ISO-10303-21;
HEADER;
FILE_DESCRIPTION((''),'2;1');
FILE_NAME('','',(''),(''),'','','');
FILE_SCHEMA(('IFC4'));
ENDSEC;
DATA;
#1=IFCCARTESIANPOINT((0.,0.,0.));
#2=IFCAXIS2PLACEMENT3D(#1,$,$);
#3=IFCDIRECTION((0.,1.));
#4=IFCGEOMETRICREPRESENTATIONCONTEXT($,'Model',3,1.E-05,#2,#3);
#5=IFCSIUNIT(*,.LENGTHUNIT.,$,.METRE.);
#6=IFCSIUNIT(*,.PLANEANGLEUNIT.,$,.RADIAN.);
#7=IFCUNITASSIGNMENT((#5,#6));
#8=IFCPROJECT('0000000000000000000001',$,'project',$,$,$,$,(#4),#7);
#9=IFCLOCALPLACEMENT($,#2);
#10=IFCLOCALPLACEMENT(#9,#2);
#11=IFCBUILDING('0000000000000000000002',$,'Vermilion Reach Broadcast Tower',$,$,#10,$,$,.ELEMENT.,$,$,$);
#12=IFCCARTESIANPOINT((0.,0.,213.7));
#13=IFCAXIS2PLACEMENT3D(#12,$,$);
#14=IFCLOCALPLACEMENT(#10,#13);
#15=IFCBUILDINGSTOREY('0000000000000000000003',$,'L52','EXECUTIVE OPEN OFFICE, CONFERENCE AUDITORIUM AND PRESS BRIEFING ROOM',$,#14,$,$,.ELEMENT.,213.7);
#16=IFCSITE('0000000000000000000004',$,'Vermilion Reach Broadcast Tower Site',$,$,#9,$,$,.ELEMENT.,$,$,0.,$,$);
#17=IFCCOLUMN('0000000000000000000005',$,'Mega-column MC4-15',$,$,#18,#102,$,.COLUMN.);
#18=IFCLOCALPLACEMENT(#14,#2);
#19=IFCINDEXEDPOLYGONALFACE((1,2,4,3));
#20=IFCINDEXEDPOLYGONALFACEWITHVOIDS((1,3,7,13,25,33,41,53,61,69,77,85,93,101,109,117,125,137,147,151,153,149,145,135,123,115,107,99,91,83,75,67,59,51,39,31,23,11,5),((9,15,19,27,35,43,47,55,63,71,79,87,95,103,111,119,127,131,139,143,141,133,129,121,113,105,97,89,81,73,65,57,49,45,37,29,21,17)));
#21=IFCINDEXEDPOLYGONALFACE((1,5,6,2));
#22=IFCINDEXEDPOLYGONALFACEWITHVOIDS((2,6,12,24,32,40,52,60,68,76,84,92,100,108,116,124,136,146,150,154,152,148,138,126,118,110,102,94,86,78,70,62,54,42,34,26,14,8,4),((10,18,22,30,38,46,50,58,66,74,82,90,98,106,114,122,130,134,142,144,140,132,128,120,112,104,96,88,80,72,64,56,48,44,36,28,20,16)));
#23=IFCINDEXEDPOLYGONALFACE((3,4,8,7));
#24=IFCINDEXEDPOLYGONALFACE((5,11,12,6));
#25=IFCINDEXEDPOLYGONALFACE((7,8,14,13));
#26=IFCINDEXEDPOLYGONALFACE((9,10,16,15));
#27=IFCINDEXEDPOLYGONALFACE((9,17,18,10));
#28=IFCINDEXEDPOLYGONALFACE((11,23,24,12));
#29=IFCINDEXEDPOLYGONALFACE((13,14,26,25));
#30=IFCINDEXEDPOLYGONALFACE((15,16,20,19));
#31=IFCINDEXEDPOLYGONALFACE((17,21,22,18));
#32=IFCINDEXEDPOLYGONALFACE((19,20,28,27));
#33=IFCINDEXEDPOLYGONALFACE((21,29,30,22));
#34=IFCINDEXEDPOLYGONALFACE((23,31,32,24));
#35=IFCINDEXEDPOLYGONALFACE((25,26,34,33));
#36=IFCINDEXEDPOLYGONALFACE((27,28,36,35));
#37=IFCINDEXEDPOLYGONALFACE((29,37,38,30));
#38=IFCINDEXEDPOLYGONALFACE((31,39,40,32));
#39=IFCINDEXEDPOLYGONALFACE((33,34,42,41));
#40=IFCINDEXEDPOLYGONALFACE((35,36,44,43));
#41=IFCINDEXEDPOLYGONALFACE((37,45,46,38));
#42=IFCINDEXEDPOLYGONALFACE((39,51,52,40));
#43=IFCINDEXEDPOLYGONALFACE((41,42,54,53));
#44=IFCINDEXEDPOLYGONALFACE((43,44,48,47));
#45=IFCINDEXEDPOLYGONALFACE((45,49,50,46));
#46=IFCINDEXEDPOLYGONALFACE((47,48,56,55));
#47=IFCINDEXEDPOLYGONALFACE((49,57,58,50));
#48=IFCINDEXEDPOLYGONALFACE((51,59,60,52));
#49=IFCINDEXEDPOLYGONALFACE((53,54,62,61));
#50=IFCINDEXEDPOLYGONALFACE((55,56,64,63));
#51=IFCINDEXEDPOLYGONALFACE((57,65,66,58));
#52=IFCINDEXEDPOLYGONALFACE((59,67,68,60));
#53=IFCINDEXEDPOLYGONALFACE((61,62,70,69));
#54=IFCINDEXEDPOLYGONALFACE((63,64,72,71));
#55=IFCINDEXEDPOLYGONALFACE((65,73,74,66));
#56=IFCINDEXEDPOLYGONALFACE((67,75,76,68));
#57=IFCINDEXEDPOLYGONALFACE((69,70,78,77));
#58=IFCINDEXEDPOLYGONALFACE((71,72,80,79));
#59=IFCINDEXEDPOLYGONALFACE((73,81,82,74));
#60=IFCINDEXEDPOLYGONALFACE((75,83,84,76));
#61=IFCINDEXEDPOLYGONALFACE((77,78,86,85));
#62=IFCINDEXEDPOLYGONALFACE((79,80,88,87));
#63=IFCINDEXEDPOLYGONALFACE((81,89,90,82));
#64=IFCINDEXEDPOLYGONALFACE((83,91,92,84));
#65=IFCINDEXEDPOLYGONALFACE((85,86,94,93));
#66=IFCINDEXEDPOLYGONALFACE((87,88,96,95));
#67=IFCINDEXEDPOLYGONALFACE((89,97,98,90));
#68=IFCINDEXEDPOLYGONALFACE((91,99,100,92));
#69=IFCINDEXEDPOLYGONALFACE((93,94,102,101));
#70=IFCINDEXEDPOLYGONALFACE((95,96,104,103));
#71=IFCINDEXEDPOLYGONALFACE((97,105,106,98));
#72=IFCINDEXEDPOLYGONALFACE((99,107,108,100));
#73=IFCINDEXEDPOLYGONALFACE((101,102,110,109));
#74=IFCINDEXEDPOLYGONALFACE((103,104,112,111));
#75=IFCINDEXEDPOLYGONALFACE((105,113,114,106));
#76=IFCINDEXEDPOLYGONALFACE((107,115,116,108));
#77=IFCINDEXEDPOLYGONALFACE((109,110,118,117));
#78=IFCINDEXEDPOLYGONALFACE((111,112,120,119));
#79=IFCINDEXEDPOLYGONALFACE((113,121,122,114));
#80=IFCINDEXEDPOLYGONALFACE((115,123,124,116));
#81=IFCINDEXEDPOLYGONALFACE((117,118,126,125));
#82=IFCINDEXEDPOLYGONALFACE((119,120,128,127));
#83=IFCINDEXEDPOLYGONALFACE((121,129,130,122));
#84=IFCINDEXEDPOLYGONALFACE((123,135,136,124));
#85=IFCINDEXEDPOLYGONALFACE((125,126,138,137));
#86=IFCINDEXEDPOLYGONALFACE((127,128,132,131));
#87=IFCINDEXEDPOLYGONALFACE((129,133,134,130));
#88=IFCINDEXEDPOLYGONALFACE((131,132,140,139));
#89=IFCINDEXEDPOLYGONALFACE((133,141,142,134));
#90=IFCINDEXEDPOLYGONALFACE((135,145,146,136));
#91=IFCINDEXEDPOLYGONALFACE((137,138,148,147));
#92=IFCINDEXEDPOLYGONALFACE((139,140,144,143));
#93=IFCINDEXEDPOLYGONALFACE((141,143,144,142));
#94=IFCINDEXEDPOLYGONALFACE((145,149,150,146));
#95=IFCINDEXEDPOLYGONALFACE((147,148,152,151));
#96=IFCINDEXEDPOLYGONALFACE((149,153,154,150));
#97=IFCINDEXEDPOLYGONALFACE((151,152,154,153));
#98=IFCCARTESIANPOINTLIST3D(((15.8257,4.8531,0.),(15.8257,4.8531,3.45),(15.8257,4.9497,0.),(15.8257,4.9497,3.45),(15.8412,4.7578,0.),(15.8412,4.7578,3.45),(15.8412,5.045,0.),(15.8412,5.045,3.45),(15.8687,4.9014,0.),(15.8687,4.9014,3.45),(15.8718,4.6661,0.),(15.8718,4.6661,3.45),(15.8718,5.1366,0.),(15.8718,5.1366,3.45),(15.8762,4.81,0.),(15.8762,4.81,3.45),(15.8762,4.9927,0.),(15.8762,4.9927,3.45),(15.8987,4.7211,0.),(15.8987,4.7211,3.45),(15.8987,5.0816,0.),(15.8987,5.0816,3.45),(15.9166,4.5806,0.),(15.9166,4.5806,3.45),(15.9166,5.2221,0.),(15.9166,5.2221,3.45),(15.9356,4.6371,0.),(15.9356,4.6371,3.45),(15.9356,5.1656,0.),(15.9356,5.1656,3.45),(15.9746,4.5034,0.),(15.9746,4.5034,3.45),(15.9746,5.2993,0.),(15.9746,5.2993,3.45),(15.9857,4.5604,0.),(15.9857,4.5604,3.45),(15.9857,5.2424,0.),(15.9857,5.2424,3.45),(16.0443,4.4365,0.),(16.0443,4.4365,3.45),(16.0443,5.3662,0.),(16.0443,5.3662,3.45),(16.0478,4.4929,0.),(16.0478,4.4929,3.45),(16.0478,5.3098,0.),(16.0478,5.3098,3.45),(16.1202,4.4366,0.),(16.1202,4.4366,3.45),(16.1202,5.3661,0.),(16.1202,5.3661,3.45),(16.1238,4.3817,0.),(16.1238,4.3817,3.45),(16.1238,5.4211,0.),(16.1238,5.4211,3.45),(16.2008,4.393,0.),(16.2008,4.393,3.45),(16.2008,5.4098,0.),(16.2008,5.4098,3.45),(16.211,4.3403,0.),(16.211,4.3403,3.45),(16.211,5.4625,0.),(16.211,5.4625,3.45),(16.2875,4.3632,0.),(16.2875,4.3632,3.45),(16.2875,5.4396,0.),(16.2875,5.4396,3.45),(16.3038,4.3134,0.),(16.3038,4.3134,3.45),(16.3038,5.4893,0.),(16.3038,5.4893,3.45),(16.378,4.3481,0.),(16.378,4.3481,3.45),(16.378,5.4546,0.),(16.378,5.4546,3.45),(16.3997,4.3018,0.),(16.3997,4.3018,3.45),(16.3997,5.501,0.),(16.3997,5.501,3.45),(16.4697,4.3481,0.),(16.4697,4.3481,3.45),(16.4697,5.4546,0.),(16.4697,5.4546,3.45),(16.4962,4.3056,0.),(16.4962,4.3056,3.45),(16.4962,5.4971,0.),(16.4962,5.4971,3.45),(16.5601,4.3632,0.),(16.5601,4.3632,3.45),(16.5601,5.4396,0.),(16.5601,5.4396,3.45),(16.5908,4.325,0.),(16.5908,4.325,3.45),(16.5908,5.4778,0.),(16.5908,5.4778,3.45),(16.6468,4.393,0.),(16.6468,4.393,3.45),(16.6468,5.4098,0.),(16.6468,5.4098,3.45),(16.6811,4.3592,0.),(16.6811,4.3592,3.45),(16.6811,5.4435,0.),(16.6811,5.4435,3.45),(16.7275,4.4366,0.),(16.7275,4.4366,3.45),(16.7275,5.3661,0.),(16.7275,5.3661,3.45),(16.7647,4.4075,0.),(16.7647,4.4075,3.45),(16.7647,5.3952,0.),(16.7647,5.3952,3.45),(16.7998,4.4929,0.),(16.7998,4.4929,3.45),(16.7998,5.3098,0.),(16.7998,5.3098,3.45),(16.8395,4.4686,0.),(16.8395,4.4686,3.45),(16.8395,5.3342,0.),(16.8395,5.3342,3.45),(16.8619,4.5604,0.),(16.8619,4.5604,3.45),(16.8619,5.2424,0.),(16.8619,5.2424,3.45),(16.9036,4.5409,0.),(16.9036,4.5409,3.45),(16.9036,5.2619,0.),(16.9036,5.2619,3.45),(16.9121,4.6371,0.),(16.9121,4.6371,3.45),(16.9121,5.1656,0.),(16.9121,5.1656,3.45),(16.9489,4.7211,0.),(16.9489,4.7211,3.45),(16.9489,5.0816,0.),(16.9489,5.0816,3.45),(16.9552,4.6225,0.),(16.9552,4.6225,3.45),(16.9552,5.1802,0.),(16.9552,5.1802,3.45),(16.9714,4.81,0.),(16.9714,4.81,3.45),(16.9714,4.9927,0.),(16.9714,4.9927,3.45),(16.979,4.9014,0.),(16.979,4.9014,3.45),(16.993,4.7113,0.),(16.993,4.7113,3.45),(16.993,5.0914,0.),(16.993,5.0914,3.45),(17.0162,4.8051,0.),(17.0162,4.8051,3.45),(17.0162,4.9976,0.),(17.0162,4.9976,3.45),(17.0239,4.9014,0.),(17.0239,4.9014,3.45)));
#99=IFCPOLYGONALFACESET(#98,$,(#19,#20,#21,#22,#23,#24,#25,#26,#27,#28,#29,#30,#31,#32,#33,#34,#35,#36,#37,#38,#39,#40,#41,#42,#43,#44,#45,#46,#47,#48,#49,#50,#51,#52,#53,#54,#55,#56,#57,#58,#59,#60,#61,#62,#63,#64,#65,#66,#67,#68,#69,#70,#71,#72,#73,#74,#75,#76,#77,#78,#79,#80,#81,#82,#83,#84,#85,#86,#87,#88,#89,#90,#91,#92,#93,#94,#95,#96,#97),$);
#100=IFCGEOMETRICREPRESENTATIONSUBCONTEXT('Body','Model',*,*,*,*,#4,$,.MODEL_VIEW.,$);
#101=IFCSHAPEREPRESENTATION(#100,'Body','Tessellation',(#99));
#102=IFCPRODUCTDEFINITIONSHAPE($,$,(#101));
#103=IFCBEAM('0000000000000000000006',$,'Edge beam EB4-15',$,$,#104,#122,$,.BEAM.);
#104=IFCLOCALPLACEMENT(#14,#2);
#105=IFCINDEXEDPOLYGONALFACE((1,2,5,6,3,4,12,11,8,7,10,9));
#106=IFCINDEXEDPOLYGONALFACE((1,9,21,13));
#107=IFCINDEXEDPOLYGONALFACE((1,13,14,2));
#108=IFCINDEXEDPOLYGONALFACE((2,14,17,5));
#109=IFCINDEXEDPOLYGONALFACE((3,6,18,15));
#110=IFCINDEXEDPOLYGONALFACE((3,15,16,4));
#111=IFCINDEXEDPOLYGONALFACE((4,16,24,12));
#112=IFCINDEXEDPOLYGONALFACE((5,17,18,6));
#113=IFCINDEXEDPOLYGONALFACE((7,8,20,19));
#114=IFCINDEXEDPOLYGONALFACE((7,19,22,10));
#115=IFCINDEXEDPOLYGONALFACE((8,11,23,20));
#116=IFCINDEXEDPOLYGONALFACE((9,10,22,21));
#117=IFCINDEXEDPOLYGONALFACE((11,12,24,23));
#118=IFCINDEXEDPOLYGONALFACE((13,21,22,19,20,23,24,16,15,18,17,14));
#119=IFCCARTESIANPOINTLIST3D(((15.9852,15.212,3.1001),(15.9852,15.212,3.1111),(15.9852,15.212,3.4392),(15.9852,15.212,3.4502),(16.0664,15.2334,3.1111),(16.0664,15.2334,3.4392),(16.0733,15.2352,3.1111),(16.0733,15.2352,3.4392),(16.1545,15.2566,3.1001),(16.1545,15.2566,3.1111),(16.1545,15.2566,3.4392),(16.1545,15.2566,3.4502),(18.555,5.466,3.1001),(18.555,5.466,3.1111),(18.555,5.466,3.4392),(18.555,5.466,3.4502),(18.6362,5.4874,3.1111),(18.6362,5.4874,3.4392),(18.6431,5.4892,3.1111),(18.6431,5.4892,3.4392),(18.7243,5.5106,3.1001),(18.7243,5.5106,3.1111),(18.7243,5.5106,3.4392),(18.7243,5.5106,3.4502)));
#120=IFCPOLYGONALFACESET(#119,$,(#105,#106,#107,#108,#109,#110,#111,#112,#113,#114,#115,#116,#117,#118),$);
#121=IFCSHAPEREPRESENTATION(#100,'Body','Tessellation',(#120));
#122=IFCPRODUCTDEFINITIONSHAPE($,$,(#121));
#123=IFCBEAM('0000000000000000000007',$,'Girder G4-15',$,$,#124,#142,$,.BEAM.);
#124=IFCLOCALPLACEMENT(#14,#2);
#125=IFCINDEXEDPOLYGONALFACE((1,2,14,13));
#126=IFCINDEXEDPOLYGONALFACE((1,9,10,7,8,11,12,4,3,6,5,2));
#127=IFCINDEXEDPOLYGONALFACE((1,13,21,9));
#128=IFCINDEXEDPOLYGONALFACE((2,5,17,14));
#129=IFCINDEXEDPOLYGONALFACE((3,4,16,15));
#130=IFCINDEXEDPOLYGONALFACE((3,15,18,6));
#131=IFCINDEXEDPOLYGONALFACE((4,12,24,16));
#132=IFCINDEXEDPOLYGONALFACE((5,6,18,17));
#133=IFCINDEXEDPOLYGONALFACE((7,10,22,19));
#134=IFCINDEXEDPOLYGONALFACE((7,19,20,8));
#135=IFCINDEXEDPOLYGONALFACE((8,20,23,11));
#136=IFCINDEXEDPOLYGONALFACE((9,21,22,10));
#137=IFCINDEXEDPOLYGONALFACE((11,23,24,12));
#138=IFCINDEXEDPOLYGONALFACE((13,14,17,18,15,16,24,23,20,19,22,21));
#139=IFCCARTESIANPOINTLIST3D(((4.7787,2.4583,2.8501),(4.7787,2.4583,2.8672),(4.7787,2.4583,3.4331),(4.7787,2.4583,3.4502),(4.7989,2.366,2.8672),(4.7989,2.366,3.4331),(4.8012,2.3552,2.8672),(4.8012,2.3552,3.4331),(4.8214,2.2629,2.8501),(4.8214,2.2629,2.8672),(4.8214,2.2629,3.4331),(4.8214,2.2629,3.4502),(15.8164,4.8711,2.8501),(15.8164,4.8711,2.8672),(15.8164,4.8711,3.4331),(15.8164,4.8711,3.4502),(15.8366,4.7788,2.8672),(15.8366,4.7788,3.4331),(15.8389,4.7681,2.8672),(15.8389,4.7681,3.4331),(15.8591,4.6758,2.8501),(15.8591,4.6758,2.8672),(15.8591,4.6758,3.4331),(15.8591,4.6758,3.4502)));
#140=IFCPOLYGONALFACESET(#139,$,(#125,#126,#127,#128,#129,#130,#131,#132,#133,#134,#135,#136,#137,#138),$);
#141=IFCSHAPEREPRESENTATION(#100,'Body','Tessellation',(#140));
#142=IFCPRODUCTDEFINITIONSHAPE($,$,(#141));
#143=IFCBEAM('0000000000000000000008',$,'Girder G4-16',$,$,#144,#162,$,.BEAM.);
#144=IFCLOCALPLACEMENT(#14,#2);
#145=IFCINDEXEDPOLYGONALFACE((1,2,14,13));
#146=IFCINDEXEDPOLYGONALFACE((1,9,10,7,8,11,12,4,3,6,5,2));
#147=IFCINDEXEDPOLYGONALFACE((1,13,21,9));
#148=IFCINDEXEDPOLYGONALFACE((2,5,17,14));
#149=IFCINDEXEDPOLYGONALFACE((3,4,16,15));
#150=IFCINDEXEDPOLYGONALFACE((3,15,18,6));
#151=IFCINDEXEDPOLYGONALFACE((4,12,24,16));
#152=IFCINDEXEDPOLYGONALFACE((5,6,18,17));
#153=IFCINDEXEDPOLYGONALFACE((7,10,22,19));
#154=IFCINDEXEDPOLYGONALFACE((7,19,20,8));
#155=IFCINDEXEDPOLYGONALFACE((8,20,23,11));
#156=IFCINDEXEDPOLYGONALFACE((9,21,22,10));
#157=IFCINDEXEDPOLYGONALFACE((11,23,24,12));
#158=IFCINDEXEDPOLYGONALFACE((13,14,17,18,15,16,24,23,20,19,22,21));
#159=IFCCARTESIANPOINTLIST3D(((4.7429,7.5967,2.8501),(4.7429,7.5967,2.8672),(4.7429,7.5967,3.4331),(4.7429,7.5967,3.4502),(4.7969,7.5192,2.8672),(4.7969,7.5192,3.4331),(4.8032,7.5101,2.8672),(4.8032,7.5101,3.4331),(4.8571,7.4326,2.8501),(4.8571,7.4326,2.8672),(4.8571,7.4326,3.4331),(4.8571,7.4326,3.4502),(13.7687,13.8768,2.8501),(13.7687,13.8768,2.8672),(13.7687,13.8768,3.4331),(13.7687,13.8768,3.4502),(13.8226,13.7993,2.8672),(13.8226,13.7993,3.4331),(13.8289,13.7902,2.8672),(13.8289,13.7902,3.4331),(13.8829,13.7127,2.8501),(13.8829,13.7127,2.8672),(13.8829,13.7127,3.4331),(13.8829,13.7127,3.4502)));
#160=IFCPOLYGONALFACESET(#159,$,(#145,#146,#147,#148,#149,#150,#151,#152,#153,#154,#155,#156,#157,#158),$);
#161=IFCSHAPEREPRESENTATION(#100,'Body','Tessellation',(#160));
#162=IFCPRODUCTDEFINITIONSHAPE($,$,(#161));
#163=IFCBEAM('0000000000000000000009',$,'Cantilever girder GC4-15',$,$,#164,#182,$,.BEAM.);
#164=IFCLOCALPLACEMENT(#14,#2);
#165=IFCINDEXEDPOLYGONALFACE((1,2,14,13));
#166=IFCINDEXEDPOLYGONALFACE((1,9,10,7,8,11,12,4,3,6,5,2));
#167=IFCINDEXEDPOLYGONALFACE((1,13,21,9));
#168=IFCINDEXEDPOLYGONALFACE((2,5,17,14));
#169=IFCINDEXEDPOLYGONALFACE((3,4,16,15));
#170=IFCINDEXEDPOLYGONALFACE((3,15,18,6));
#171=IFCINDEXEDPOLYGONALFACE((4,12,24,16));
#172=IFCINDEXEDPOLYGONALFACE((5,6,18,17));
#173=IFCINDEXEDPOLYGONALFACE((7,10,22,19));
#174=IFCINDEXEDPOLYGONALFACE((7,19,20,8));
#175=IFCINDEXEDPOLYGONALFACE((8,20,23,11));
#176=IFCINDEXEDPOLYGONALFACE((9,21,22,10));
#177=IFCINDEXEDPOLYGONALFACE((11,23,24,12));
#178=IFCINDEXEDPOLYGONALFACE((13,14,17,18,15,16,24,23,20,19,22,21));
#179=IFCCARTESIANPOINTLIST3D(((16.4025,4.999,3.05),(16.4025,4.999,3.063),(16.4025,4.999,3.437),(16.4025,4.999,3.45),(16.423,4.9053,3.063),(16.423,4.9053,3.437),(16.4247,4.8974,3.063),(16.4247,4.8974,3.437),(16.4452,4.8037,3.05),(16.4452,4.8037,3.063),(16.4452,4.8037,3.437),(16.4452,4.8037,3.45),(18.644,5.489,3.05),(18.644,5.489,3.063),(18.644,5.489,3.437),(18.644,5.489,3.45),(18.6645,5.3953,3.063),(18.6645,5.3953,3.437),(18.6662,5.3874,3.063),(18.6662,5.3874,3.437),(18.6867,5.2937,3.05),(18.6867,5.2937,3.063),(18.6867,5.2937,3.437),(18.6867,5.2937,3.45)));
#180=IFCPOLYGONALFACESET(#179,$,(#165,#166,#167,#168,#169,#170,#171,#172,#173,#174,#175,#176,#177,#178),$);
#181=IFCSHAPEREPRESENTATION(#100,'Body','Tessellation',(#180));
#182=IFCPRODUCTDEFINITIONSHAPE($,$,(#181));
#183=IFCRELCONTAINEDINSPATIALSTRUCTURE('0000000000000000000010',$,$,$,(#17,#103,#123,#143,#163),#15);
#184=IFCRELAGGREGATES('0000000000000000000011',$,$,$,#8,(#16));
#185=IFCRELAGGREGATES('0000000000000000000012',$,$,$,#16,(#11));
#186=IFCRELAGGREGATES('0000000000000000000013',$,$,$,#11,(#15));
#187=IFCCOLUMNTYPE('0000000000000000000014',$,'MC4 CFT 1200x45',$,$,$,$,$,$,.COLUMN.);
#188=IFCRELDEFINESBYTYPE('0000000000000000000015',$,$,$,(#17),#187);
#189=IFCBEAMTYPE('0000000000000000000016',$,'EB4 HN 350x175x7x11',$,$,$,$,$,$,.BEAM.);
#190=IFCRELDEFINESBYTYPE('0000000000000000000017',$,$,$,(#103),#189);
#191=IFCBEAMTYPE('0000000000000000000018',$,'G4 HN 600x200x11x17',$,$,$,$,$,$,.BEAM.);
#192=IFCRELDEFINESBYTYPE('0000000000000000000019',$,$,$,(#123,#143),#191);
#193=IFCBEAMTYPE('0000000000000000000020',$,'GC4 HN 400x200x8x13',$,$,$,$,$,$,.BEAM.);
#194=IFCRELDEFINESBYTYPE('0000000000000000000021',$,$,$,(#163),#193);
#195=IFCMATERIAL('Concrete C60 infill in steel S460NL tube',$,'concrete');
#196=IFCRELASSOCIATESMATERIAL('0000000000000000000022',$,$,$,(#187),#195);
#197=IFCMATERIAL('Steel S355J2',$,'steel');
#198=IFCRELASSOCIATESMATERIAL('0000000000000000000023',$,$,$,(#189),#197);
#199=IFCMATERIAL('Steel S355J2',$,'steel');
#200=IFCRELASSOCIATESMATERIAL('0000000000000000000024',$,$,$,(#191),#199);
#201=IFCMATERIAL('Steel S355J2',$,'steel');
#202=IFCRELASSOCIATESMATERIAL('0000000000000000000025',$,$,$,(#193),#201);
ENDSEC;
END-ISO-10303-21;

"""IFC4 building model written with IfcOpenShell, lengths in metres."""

from ifc_helpers import new_model, si_unit, direction, frame, origin, origin_2d, place, context, subcontext, project, spatial, hollow_circle, i_section, extrude, material, material_profile, profile_set, type_object, element, save


model = new_model("IFC4")

# Units and contexts
model_context = context("Model", 3, precision=1e-05, world=origin(), true_north=direction((0.0, 1.0)))
body_context = subcontext(model_context, "Body", "Model", "MODEL_VIEW")
ifc_project = project(units=[si_unit("LENGTHUNIT", "METRE"), si_unit("PLANEANGLEUNIT", "RADIAN")], contexts=[model_context])

# Site, building, storey
site_placement = place(None, origin())
site = spatial("IfcSite", under=ifc_project, at=site_placement, Name="Vermilion Reach Broadcast Tower Site", CompositionType="ELEMENT", RefElevation=0.0)
building_placement = place(site_placement, origin())
building = spatial("IfcBuilding", under=site, at=building_placement, Name="Vermilion Reach Broadcast Tower", CompositionType="ELEMENT")
storey_placement = place(building_placement, frame((0.0, 0.0, 213.7)))
storey = spatial("IfcBuildingStorey", under=building, at=storey_placement, Name="L52", Description="EXECUTIVE OPEN OFFICE, CONFERENCE AUDITORIUM AND PRESS BRIEFING ROOM", CompositionType="ELEMENT", Elevation=213.7)

# Column
ifc_material_1 = material(Name="Concrete C60 infill in steel S460NL tube", Category="concrete")
ifc_material_profile_1 = material_profile(ifc_material_1, hollow_circle(Radius=0.6001, WallThickness=0.0449, at=origin_2d()), Name="Concrete C60 infill in steel S460NL tube CFT 1200x45")
ifc_profile_set_1 = profile_set([ifc_material_profile_1], Name="Concrete C60 infill in steel S460NL tube")
column_type = type_object("IfcColumnType", Name="MC4 CFT 1200x45", PredefinedType="COLUMN", material=ifc_profile_set_1)
column_placement = place(storey_placement, frame((16.4238, 4.9014, 0.0), z_axis=(0.0, 0.0, 1.0), x_axis=(1.0, 0.0, 0.0)))
element("IfcColumn", 1, at=column_placement, inside=storey, type_object=column_type, Name="Mega-column MC4-15", PredefinedType="COLUMN", context=body_context, shape_type="SweptSolid", body=[
    extrude(hollow_circle(Radius=0.6001, WallThickness=0.0449, at=origin_2d()), origin(), (0.0, 0.0, 1.0), 3.45),
])

# Beams
ifc_material_2 = material(Name="Steel S355J2", Category="steel")
ifc_material_profile_2 = material_profile(ifc_material_2, i_section(OverallWidth=0.175, OverallDepth=0.3501, WebThickness=0.0071, FlangeThickness=0.011, at=origin_2d()), Name="S355J2 HN 350x175x7x11")
ifc_profile_set_2 = profile_set([ifc_material_profile_2], Name="Steel S355J2")
beam_type_1 = type_object("IfcBeamType", Name="EB4 HN 350x175x7x11", PredefinedType="BEAM", material=ifc_profile_set_2)
beam_1_placement = place(storey_placement, frame((18.6396, 5.4883, 3.2751), z_axis=(-0.254963, 0.966951, 0.0), x_axis=(-0.966951, -0.254963, 0.0)))
element("IfcBeam", 2, at=beam_1_placement, inside=storey, type_object=beam_type_1, Name="Edge beam EB4-15", PredefinedType="BEAM", context=body_context, shape_type="SweptSolid", body=[
    extrude(i_section(OverallWidth=0.175, OverallDepth=0.3501, WebThickness=0.0071, FlangeThickness=0.011, at=origin_2d()), origin(), (0.0, 0.0, 1.0), 10.0791),
])
ifc_material_3 = material(Name="Steel S355J2", Category="steel")
ifc_material_profile_3 = material_profile(ifc_material_3, i_section(OverallWidth=0.2, OverallDepth=0.6001, WebThickness=0.011, FlangeThickness=0.0171, at=origin_2d()), Name="S355J2 HN 600x200x11x17")
ifc_profile_set_3 = profile_set([ifc_material_profile_3], Name="Steel S355J2")
beam_type_2 = type_object("IfcBeamType", Name="G4 HN 600x200x11x17", PredefinedType="BEAM", material=ifc_profile_set_3)
beam_2_placement = place(storey_placement, frame((4.8, 2.3606, 3.1501), z_axis=(0.97693, 0.213559, 0.0), x_axis=(-0.213559, 0.97693, 0.0)))
element("IfcBeam", 3, at=beam_2_placement, inside=storey, type_object=beam_type_2, Name="Girder G4-15", PredefinedType="BEAM", context=body_context, shape_type="SweptSolid", body=[
    extrude(i_section(OverallWidth=0.2, OverallDepth=0.6001, WebThickness=0.011, FlangeThickness=0.0171, at=origin_2d()), origin(), (0.0, 0.0, 1.0), 11.2983),
])
beam_3_placement = place(storey_placement, frame((4.8, 7.5146, 3.1501), z_axis=(0.820849, 0.571146, 0.0), x_axis=(-0.571146, 0.820849, 0.0)))
element("IfcBeam", 4, at=beam_3_placement, inside=storey, type_object=beam_type_2, Name="Girder G4-16", PredefinedType="BEAM", context=body_context, shape_type="SweptSolid", body=[
    extrude(i_section(OverallWidth=0.2, OverallDepth=0.6001, WebThickness=0.011, FlangeThickness=0.0171, at=origin_2d()), origin(), (0.0, 0.0, 1.0), 10.9956),
])
ifc_material_4 = material(Name="Steel S355J2", Category="steel")
ifc_material_profile_4 = material_profile(ifc_material_4, i_section(OverallWidth=0.2, OverallDepth=0.3999, WebThickness=0.0081, FlangeThickness=0.0129, at=origin_2d()), Name="S355J2 HN 400x200x8x13")
ifc_profile_set_4 = profile_set([ifc_material_profile_4], Name="Steel S355J2")
beam_type_3 = type_object("IfcBeamType", Name="GC4 HN 400x200x8x13", PredefinedType="BEAM", material=ifc_profile_set_4)
beam_4_placement = place(storey_placement, frame((16.4238, 4.9014, 3.25), z_axis=(0.97693, 0.21356, 0.0), x_axis=(-0.21356, 0.97693, 0.0)))
element("IfcBeam", 5, at=beam_4_placement, inside=storey, type_object=beam_type_3, Name="Cantilever girder GC4-15", PredefinedType="BEAM", context=body_context, shape_type="SweptSolid", body=[
    extrude(i_section(OverallWidth=0.2, OverallDepth=0.3999, WebThickness=0.0081, FlangeThickness=0.0129, at=origin_2d()), origin(), (0.0, 0.0, 1.0), 2.2944),
])

save(model, "model.ifc")
